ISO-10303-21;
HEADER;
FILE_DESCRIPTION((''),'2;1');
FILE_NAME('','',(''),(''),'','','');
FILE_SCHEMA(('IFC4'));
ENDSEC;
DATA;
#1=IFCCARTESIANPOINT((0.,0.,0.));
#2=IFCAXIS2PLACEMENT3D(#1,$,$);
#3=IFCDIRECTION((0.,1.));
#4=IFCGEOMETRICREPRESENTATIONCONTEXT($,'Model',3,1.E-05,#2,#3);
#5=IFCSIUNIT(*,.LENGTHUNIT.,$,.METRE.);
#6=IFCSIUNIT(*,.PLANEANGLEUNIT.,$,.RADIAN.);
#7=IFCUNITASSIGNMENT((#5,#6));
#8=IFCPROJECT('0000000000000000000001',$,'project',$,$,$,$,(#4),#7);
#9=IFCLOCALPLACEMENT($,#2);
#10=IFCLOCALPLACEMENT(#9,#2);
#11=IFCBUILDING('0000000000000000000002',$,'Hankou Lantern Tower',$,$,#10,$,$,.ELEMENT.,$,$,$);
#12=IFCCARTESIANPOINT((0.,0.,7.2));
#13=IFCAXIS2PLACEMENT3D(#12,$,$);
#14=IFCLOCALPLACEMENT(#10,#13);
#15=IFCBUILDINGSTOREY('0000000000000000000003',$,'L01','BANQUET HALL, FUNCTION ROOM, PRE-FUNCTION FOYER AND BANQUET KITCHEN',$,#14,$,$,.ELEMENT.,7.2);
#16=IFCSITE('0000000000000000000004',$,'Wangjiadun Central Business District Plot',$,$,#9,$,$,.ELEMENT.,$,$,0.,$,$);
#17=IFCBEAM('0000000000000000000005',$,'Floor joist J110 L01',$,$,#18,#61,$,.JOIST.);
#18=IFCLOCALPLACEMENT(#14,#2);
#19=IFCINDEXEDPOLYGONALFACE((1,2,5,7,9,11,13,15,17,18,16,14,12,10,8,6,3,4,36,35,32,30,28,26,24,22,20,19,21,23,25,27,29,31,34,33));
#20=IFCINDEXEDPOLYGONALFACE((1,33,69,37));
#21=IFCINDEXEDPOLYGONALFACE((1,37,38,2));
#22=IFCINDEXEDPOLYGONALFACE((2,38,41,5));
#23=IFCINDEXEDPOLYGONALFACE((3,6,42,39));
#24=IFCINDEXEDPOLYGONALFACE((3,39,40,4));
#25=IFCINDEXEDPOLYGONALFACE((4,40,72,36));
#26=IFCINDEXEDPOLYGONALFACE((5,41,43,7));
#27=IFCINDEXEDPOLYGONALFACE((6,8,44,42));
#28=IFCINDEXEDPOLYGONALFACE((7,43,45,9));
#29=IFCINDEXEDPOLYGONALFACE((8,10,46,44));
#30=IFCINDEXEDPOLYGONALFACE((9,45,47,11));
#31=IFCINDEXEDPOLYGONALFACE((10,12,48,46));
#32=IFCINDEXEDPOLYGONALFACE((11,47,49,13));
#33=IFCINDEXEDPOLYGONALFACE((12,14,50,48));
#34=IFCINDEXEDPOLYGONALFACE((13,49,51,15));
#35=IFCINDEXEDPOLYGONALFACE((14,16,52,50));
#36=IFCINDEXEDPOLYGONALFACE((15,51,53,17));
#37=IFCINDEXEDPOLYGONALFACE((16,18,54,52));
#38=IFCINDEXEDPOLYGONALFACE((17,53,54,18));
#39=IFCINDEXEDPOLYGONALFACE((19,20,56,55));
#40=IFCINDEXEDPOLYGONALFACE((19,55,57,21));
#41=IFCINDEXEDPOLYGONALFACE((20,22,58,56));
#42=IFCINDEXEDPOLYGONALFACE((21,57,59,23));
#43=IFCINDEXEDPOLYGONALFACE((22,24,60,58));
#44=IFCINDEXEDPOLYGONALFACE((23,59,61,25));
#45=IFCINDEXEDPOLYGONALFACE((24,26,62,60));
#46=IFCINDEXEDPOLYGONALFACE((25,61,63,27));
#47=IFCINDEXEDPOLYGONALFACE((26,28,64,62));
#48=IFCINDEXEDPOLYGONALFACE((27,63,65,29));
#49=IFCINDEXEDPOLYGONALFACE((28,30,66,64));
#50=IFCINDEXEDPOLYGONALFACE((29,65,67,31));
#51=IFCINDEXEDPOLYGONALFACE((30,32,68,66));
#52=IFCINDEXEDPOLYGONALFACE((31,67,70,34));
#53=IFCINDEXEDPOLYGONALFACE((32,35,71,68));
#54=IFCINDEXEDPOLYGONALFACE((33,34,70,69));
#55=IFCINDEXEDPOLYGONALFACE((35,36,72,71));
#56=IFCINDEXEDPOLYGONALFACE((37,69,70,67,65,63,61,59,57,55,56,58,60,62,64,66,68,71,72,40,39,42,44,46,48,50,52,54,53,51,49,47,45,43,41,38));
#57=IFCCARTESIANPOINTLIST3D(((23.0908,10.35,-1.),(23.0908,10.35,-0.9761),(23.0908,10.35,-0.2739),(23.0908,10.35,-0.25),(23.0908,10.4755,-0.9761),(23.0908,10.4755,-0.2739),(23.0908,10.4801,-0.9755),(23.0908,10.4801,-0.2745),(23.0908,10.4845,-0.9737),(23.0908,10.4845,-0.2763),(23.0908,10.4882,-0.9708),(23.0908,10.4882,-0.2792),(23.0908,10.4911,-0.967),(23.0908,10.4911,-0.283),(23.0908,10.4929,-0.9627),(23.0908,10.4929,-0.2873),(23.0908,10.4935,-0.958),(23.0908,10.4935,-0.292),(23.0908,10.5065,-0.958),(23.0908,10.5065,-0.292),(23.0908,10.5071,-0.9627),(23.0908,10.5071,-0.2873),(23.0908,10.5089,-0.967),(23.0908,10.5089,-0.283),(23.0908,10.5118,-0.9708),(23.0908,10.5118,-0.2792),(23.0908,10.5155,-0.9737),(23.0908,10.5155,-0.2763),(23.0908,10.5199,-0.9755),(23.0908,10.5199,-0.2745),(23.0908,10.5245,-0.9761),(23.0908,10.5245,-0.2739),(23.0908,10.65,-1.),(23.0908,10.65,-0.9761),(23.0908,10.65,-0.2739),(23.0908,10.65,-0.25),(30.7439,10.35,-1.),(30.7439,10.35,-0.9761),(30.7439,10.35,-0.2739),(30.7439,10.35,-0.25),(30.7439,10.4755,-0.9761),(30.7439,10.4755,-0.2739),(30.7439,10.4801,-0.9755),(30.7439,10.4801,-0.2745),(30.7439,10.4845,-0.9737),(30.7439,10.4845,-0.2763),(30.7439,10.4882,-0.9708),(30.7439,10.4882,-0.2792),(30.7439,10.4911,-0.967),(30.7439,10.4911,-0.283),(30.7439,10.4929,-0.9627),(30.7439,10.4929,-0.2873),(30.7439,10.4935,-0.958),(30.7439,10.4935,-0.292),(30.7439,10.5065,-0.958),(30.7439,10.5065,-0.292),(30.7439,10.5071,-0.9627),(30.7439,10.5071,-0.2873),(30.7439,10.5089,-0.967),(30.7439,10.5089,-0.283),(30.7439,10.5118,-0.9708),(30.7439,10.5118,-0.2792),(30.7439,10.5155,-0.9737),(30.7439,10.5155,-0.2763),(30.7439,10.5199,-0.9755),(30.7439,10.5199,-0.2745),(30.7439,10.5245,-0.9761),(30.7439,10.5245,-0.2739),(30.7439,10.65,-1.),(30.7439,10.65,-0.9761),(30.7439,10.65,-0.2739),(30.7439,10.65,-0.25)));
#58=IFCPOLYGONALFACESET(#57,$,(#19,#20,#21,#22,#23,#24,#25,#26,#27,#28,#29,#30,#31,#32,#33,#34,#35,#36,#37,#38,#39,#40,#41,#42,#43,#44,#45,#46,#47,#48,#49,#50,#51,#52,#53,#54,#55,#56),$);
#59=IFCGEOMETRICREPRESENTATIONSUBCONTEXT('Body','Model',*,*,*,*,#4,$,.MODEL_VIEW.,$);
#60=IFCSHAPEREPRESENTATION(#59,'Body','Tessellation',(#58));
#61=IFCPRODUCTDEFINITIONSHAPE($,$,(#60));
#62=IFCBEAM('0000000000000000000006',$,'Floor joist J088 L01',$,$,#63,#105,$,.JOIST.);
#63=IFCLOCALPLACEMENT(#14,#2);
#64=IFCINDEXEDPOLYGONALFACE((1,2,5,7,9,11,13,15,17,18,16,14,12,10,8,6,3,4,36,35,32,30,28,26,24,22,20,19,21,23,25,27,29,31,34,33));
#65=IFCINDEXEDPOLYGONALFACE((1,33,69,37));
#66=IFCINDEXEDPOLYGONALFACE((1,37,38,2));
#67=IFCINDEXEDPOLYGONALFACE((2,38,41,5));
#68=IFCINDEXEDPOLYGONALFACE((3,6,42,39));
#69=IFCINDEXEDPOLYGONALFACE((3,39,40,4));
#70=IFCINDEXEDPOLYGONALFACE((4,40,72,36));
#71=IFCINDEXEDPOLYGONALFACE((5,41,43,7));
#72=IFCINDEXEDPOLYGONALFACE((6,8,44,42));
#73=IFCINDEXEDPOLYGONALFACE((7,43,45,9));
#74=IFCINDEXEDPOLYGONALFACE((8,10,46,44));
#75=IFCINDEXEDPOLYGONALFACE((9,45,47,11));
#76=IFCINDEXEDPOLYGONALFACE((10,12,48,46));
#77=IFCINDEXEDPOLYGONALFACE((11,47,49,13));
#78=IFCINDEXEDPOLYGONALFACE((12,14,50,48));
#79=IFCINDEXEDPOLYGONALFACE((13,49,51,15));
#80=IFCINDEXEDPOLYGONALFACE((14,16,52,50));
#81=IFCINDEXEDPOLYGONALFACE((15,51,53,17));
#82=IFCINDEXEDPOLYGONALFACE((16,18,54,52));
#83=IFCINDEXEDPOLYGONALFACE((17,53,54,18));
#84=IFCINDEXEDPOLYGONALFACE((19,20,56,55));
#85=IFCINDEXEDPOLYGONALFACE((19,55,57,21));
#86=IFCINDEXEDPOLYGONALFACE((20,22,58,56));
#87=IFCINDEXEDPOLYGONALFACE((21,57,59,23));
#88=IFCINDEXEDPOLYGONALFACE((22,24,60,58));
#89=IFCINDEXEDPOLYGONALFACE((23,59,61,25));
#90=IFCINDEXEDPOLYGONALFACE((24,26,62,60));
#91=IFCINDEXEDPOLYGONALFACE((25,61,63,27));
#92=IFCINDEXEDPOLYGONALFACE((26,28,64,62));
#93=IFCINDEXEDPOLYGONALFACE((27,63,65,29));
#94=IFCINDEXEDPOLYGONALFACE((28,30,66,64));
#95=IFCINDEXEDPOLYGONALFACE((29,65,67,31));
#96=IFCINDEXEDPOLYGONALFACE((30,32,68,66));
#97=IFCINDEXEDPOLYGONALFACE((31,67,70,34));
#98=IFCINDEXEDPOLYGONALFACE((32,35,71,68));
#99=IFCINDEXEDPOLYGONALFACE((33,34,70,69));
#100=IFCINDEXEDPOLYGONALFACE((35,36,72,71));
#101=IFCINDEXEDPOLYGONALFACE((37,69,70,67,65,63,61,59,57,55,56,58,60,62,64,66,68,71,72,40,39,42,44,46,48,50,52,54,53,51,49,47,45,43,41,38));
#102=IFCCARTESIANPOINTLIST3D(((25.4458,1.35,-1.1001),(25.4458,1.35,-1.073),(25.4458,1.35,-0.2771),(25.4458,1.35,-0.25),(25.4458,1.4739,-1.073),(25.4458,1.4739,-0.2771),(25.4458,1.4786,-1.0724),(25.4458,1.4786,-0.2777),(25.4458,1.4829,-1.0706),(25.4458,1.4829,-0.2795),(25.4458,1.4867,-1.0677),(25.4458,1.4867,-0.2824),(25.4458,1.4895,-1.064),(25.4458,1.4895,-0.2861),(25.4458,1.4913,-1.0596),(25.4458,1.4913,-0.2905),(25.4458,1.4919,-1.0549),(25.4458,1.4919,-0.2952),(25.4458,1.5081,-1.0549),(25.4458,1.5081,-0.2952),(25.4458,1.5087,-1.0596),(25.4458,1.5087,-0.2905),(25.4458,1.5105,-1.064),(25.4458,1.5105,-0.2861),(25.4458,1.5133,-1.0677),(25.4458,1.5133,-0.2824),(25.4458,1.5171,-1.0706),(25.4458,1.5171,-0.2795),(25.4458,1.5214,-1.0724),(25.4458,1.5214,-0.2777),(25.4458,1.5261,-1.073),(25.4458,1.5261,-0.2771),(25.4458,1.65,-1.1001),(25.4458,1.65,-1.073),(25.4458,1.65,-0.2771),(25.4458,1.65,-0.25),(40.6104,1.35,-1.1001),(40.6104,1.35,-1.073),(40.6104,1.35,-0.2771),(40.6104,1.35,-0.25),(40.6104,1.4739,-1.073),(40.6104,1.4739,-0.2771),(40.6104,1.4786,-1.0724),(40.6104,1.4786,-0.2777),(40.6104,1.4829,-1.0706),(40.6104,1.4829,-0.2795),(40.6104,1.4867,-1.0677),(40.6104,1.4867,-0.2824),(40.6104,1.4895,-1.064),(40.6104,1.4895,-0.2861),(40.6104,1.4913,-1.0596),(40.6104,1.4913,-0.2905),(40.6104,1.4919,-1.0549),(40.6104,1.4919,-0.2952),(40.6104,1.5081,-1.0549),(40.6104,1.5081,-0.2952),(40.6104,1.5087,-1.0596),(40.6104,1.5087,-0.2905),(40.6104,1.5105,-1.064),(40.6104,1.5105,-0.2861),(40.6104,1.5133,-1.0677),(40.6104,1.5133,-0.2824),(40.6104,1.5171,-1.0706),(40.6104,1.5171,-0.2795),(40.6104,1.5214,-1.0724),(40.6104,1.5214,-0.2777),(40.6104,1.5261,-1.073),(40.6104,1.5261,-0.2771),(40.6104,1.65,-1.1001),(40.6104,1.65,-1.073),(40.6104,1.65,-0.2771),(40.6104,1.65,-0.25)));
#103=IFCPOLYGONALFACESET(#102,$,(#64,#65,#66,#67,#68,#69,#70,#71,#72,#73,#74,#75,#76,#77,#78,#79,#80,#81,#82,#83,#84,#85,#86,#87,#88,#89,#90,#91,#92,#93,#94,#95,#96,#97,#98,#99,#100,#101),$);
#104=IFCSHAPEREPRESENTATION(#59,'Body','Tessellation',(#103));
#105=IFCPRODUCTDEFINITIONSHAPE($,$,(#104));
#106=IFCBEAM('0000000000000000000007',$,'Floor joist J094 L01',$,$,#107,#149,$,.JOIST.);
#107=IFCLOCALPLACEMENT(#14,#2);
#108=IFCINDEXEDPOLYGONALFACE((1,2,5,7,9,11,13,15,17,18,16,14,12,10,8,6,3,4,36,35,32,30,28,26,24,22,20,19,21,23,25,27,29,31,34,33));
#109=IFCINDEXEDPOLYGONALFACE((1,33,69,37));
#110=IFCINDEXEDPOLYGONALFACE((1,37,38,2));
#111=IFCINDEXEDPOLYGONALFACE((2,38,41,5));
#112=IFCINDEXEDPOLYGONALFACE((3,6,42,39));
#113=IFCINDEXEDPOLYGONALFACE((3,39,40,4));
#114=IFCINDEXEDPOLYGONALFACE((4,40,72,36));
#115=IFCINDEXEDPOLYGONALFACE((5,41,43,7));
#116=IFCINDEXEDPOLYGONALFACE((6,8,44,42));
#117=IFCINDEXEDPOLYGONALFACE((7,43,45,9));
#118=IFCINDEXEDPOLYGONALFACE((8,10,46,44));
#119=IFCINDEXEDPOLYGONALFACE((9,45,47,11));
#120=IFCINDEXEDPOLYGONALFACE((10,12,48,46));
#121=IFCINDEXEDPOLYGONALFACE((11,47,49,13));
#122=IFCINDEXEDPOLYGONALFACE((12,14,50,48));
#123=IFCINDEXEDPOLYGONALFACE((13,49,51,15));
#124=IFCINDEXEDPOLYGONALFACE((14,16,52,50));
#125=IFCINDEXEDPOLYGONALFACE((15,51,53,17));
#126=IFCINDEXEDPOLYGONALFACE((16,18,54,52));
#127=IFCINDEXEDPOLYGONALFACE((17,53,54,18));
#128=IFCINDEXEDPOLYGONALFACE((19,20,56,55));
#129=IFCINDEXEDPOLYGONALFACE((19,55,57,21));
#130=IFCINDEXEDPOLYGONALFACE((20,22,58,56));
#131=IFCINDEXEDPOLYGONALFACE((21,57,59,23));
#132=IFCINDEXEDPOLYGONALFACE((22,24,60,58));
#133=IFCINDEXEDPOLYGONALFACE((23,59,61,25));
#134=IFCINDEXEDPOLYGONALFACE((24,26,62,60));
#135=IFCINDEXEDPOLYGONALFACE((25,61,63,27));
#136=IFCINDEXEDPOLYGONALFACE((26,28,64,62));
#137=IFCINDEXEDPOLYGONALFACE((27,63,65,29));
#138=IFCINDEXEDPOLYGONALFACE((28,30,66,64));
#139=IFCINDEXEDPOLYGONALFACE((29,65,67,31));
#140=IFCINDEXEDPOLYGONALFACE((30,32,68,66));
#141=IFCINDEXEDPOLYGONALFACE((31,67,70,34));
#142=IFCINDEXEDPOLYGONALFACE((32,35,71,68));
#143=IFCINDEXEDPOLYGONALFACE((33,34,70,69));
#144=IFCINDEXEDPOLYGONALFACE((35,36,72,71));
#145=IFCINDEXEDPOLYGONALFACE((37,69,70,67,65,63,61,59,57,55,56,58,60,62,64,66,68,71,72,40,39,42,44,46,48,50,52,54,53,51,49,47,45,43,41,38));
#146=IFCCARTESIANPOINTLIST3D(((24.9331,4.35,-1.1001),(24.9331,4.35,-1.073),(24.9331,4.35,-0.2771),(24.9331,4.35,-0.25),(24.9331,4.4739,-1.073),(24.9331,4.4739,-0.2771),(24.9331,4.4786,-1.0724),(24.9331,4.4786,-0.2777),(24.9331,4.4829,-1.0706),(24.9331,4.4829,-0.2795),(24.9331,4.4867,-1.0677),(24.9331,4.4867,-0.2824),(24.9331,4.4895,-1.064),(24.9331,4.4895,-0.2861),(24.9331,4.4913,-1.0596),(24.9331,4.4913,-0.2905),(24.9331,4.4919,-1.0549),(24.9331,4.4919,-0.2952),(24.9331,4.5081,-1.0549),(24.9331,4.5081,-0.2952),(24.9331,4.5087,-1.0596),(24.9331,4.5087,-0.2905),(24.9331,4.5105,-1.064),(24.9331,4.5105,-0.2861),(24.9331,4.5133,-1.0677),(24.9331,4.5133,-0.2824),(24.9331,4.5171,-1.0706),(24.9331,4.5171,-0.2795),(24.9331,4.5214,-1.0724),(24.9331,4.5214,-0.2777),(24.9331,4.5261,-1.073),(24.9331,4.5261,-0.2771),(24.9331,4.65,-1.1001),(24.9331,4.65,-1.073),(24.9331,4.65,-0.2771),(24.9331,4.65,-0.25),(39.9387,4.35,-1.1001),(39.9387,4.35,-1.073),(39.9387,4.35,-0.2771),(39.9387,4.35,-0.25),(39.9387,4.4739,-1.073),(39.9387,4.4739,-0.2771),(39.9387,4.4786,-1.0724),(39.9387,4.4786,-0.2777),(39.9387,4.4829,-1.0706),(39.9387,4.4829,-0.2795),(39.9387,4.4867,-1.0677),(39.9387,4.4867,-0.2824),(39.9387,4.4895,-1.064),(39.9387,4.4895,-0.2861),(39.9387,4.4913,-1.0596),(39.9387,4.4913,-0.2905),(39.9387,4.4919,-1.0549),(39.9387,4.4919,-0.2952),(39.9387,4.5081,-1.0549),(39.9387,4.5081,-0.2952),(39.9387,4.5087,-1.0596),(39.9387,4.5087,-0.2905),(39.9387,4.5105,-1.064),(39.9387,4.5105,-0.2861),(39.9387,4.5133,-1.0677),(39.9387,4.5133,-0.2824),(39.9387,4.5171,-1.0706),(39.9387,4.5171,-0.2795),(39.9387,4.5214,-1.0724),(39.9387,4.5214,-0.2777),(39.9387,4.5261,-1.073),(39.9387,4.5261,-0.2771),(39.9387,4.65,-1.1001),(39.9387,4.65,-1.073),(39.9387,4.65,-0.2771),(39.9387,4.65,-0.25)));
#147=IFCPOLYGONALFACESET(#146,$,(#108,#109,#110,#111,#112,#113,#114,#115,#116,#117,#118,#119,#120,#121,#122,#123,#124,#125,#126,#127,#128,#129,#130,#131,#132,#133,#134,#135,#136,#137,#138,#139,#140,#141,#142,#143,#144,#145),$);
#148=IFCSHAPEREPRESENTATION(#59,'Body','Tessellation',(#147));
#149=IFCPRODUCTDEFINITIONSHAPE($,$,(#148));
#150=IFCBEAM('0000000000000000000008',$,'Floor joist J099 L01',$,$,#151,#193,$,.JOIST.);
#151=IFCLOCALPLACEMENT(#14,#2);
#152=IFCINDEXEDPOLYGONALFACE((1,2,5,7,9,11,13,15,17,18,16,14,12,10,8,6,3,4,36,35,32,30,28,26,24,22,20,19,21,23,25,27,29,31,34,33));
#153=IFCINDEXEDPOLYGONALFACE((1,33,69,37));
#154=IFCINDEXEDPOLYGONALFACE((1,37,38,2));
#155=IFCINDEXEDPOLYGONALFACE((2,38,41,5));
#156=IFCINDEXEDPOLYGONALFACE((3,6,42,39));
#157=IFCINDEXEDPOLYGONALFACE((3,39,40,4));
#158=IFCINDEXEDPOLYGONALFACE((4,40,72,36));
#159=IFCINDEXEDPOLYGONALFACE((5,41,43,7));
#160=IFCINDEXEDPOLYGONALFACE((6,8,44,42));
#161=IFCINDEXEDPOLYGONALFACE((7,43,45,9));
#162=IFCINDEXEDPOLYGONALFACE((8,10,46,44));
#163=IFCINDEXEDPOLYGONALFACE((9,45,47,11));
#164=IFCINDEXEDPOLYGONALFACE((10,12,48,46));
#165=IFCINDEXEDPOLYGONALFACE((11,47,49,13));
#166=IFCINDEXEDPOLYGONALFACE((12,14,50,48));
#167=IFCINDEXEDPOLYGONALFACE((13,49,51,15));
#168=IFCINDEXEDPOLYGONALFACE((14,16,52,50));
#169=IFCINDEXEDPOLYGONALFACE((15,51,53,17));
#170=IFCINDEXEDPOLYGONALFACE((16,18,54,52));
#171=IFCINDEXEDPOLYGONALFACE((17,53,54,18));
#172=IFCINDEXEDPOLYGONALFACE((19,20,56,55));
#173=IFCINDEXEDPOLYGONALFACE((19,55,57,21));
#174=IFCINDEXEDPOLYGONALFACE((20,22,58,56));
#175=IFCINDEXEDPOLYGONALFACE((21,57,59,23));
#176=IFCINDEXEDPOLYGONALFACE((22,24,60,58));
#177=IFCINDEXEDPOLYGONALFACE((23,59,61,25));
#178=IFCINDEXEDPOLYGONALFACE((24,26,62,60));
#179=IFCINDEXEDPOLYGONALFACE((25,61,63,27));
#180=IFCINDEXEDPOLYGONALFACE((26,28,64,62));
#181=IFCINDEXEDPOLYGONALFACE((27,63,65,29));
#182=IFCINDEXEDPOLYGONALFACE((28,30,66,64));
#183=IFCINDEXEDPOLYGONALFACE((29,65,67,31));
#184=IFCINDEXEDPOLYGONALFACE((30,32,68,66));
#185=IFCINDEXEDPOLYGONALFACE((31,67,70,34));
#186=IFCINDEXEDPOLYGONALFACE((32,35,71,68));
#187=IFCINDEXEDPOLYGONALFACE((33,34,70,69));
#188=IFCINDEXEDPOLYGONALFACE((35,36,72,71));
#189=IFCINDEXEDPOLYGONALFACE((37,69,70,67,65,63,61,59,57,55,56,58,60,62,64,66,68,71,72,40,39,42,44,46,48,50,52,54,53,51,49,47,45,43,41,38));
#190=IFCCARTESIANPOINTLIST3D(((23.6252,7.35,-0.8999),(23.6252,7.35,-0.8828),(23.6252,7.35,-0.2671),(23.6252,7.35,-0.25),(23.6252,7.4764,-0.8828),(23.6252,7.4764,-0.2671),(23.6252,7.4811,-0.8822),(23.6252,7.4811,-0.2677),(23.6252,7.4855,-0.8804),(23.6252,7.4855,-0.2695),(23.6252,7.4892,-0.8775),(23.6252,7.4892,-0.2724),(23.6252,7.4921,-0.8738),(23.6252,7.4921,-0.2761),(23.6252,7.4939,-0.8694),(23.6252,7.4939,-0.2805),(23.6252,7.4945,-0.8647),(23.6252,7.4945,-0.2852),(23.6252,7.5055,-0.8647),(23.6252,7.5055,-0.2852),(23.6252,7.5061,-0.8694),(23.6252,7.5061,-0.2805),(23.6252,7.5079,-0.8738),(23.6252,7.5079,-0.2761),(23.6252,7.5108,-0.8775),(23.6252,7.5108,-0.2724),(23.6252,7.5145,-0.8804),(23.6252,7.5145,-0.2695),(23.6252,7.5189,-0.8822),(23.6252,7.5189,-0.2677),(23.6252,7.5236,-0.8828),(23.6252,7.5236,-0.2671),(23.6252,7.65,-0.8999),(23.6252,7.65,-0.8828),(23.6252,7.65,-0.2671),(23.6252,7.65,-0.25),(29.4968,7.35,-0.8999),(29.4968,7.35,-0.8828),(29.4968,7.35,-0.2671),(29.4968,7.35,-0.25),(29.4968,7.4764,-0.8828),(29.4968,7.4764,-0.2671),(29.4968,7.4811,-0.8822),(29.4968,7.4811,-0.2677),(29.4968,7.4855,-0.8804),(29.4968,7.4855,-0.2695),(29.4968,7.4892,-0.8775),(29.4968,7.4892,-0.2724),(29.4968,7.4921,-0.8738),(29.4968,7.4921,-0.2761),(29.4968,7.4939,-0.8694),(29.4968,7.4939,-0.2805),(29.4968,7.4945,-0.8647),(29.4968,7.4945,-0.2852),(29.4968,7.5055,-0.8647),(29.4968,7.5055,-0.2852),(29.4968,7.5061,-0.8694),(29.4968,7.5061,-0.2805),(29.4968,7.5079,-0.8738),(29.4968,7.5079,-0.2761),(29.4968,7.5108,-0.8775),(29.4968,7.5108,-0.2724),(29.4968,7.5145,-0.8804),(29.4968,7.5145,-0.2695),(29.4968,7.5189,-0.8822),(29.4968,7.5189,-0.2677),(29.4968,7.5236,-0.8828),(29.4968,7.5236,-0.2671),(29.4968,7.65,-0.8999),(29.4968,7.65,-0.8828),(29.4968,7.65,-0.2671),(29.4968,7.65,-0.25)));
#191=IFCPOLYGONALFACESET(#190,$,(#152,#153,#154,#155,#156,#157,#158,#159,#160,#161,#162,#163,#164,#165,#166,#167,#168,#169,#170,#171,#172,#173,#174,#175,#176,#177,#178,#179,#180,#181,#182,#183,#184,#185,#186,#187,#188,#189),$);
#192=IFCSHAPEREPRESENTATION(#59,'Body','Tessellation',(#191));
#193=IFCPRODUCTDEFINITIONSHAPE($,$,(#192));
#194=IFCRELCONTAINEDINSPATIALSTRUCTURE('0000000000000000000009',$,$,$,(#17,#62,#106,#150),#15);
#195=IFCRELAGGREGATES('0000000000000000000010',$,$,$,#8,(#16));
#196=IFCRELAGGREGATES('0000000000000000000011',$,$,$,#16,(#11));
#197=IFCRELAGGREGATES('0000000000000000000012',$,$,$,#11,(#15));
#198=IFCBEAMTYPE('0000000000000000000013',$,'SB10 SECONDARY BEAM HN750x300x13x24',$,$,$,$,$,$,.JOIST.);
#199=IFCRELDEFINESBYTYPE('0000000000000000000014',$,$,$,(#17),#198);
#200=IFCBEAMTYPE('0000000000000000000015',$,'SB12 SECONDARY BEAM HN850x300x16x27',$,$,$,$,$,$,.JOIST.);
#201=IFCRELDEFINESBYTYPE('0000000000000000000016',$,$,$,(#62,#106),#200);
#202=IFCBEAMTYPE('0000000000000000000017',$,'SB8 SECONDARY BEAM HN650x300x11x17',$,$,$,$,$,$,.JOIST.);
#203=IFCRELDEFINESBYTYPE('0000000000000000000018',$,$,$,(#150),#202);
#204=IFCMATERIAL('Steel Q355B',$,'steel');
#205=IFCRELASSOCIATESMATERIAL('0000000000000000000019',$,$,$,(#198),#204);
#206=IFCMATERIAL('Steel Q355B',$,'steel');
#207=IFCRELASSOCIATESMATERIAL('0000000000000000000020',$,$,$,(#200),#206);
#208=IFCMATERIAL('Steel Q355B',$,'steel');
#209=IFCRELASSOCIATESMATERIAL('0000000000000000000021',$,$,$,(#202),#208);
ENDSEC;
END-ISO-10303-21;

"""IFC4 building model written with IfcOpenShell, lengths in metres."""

from ifc_helpers import new_model, si_unit, direction, frame, origin, origin_2d, place, context, subcontext, project, spatial, i_section, extrude, material, material_profile, profile_set, type_object, element, save


model = new_model("IFC4")

# Units and contexts
model_context = context("Model", 3, precision=1e-05, world=origin(), true_north=direction((0.0, 1.0)))
body_context = subcontext(model_context, "Body", "Model", "MODEL_VIEW")
ifc_project = project(units=[si_unit("LENGTHUNIT", "METRE"), si_unit("PLANEANGLEUNIT", "RADIAN")], contexts=[model_context])

# Site, building, storey
site_placement = place(None, origin())
site = spatial("IfcSite", under=ifc_project, at=site_placement, Name="Wangjiadun Central Business District Plot", CompositionType="ELEMENT", RefElevation=0.0)
building_placement = place(site_placement, origin())
building = spatial("IfcBuilding", under=site, at=building_placement, Name="Hankou Lantern Tower", CompositionType="ELEMENT")
storey_placement = place(building_placement, frame((0.0, 0.0, 7.2)))
storey = spatial("IfcBuildingStorey", under=building, at=storey_placement, Name="L01", Description="BANQUET HALL, FUNCTION ROOM, PRE-FUNCTION FOYER AND BANQUET KITCHEN", CompositionType="ELEMENT", Elevation=7.2)

# Beams
ifc_material_1 = material(Name="Steel Q355B", Category="steel")
ifc_material_profile_1 = material_profile(ifc_material_1, i_section(OverallWidth=0.3, OverallDepth=0.75, WebThickness=0.0129, FlangeThickness=0.0239, FilletRadius=0.0181, at=origin_2d()), Name="HN750x300x13x24")
ifc_profile_set_1 = profile_set([ifc_material_profile_1], Name="Steel Q355B")
beam_type_1 = type_object("IfcBeamType", Name="SB10 SECONDARY BEAM HN750x300x13x24", PredefinedType="JOIST", material=ifc_profile_set_1)
beam_1_placement = place(storey_placement, frame((23.0908, 10.5, -0.625), z_axis=(1.0, 0.0, 0.0), x_axis=(0.0, 1.0, 0.0)))
element("IfcBeam", 1, at=beam_1_placement, inside=storey, type_object=beam_type_1, Name="Floor joist J110 L01", PredefinedType="JOIST", context=body_context, shape_type="SweptSolid", body=[
    extrude(i_section(OverallWidth=0.3, OverallDepth=0.75, WebThickness=0.0129, FlangeThickness=0.0239, FilletRadius=0.0181, at=origin_2d()), origin(), (0.0, 0.0, 1.0), 7.6531),
])
ifc_material_2 = material(Name="Steel Q355B", Category="steel")
ifc_material_profile_2 = material_profile(ifc_material_2, i_section(OverallWidth=0.3, OverallDepth=0.8501, WebThickness=0.0161, FlangeThickness=0.0271, FilletRadius=0.0181, at=origin_2d()), Name="HN850x300x16x27")
ifc_profile_set_2 = profile_set([ifc_material_profile_2], Name="Steel Q355B")
beam_type_2 = type_object("IfcBeamType", Name="SB12 SECONDARY BEAM HN850x300x16x27", PredefinedType="JOIST", material=ifc_profile_set_2)
beam_2_placement = place(storey_placement, frame((25.4458, 1.5, -0.675), z_axis=(1.0, 0.0, 0.0), x_axis=(0.0, 1.0, 0.0)))
element("IfcBeam", 2, at=beam_2_placement, inside=storey, type_object=beam_type_2, Name="Floor joist J088 L01", PredefinedType="JOIST", context=body_context, shape_type="SweptSolid", body=[
    extrude(i_section(OverallWidth=0.3, OverallDepth=0.8501, WebThickness=0.0161, FlangeThickness=0.0271, FilletRadius=0.0181, at=origin_2d()), origin(), (0.0, 0.0, 1.0), 15.1646),
])
beam_3_placement = place(storey_placement, frame((24.9331, 4.5, -0.675), z_axis=(1.0, 0.0, 0.0), x_axis=(0.0, 1.0, 0.0)))
element("IfcBeam", 3, at=beam_3_placement, inside=storey, type_object=beam_type_2, Name="Floor joist J094 L01", PredefinedType="JOIST", context=body_context, shape_type="SweptSolid", body=[
    extrude(i_section(OverallWidth=0.3, OverallDepth=0.8501, WebThickness=0.0161, FlangeThickness=0.0271, FilletRadius=0.0181, at=origin_2d()), origin(), (0.0, 0.0, 1.0), 15.0056),
])
ifc_material_3 = material(Name="Steel Q355B", Category="steel")
ifc_material_profile_3 = material_profile(ifc_material_3, i_section(OverallWidth=0.3, OverallDepth=0.6499, WebThickness=0.011, FlangeThickness=0.0171, FilletRadius=0.0181, at=origin_2d()), Name="HN650x300x11x17")
ifc_profile_set_3 = profile_set([ifc_material_profile_3], Name="Steel Q355B")
beam_type_3 = type_object("IfcBeamType", Name="SB8 SECONDARY BEAM HN650x300x11x17", PredefinedType="JOIST", material=ifc_profile_set_3)
beam_4_placement = place(storey_placement, frame((23.6252, 7.5, -0.575), z_axis=(1.0, 0.0, 0.0), x_axis=(0.0, 1.0, 0.0)))
element("IfcBeam", 4, at=beam_4_placement, inside=storey, type_object=beam_type_3, Name="Floor joist J099 L01", PredefinedType="JOIST", context=body_context, shape_type="SweptSolid", body=[
    extrude(i_section(OverallWidth=0.3, OverallDepth=0.6499, WebThickness=0.011, FlangeThickness=0.0171, FilletRadius=0.0181, at=origin_2d()), origin(), (0.0, 0.0, 1.0), 5.8716),
])

save(model, "model.ifc")
